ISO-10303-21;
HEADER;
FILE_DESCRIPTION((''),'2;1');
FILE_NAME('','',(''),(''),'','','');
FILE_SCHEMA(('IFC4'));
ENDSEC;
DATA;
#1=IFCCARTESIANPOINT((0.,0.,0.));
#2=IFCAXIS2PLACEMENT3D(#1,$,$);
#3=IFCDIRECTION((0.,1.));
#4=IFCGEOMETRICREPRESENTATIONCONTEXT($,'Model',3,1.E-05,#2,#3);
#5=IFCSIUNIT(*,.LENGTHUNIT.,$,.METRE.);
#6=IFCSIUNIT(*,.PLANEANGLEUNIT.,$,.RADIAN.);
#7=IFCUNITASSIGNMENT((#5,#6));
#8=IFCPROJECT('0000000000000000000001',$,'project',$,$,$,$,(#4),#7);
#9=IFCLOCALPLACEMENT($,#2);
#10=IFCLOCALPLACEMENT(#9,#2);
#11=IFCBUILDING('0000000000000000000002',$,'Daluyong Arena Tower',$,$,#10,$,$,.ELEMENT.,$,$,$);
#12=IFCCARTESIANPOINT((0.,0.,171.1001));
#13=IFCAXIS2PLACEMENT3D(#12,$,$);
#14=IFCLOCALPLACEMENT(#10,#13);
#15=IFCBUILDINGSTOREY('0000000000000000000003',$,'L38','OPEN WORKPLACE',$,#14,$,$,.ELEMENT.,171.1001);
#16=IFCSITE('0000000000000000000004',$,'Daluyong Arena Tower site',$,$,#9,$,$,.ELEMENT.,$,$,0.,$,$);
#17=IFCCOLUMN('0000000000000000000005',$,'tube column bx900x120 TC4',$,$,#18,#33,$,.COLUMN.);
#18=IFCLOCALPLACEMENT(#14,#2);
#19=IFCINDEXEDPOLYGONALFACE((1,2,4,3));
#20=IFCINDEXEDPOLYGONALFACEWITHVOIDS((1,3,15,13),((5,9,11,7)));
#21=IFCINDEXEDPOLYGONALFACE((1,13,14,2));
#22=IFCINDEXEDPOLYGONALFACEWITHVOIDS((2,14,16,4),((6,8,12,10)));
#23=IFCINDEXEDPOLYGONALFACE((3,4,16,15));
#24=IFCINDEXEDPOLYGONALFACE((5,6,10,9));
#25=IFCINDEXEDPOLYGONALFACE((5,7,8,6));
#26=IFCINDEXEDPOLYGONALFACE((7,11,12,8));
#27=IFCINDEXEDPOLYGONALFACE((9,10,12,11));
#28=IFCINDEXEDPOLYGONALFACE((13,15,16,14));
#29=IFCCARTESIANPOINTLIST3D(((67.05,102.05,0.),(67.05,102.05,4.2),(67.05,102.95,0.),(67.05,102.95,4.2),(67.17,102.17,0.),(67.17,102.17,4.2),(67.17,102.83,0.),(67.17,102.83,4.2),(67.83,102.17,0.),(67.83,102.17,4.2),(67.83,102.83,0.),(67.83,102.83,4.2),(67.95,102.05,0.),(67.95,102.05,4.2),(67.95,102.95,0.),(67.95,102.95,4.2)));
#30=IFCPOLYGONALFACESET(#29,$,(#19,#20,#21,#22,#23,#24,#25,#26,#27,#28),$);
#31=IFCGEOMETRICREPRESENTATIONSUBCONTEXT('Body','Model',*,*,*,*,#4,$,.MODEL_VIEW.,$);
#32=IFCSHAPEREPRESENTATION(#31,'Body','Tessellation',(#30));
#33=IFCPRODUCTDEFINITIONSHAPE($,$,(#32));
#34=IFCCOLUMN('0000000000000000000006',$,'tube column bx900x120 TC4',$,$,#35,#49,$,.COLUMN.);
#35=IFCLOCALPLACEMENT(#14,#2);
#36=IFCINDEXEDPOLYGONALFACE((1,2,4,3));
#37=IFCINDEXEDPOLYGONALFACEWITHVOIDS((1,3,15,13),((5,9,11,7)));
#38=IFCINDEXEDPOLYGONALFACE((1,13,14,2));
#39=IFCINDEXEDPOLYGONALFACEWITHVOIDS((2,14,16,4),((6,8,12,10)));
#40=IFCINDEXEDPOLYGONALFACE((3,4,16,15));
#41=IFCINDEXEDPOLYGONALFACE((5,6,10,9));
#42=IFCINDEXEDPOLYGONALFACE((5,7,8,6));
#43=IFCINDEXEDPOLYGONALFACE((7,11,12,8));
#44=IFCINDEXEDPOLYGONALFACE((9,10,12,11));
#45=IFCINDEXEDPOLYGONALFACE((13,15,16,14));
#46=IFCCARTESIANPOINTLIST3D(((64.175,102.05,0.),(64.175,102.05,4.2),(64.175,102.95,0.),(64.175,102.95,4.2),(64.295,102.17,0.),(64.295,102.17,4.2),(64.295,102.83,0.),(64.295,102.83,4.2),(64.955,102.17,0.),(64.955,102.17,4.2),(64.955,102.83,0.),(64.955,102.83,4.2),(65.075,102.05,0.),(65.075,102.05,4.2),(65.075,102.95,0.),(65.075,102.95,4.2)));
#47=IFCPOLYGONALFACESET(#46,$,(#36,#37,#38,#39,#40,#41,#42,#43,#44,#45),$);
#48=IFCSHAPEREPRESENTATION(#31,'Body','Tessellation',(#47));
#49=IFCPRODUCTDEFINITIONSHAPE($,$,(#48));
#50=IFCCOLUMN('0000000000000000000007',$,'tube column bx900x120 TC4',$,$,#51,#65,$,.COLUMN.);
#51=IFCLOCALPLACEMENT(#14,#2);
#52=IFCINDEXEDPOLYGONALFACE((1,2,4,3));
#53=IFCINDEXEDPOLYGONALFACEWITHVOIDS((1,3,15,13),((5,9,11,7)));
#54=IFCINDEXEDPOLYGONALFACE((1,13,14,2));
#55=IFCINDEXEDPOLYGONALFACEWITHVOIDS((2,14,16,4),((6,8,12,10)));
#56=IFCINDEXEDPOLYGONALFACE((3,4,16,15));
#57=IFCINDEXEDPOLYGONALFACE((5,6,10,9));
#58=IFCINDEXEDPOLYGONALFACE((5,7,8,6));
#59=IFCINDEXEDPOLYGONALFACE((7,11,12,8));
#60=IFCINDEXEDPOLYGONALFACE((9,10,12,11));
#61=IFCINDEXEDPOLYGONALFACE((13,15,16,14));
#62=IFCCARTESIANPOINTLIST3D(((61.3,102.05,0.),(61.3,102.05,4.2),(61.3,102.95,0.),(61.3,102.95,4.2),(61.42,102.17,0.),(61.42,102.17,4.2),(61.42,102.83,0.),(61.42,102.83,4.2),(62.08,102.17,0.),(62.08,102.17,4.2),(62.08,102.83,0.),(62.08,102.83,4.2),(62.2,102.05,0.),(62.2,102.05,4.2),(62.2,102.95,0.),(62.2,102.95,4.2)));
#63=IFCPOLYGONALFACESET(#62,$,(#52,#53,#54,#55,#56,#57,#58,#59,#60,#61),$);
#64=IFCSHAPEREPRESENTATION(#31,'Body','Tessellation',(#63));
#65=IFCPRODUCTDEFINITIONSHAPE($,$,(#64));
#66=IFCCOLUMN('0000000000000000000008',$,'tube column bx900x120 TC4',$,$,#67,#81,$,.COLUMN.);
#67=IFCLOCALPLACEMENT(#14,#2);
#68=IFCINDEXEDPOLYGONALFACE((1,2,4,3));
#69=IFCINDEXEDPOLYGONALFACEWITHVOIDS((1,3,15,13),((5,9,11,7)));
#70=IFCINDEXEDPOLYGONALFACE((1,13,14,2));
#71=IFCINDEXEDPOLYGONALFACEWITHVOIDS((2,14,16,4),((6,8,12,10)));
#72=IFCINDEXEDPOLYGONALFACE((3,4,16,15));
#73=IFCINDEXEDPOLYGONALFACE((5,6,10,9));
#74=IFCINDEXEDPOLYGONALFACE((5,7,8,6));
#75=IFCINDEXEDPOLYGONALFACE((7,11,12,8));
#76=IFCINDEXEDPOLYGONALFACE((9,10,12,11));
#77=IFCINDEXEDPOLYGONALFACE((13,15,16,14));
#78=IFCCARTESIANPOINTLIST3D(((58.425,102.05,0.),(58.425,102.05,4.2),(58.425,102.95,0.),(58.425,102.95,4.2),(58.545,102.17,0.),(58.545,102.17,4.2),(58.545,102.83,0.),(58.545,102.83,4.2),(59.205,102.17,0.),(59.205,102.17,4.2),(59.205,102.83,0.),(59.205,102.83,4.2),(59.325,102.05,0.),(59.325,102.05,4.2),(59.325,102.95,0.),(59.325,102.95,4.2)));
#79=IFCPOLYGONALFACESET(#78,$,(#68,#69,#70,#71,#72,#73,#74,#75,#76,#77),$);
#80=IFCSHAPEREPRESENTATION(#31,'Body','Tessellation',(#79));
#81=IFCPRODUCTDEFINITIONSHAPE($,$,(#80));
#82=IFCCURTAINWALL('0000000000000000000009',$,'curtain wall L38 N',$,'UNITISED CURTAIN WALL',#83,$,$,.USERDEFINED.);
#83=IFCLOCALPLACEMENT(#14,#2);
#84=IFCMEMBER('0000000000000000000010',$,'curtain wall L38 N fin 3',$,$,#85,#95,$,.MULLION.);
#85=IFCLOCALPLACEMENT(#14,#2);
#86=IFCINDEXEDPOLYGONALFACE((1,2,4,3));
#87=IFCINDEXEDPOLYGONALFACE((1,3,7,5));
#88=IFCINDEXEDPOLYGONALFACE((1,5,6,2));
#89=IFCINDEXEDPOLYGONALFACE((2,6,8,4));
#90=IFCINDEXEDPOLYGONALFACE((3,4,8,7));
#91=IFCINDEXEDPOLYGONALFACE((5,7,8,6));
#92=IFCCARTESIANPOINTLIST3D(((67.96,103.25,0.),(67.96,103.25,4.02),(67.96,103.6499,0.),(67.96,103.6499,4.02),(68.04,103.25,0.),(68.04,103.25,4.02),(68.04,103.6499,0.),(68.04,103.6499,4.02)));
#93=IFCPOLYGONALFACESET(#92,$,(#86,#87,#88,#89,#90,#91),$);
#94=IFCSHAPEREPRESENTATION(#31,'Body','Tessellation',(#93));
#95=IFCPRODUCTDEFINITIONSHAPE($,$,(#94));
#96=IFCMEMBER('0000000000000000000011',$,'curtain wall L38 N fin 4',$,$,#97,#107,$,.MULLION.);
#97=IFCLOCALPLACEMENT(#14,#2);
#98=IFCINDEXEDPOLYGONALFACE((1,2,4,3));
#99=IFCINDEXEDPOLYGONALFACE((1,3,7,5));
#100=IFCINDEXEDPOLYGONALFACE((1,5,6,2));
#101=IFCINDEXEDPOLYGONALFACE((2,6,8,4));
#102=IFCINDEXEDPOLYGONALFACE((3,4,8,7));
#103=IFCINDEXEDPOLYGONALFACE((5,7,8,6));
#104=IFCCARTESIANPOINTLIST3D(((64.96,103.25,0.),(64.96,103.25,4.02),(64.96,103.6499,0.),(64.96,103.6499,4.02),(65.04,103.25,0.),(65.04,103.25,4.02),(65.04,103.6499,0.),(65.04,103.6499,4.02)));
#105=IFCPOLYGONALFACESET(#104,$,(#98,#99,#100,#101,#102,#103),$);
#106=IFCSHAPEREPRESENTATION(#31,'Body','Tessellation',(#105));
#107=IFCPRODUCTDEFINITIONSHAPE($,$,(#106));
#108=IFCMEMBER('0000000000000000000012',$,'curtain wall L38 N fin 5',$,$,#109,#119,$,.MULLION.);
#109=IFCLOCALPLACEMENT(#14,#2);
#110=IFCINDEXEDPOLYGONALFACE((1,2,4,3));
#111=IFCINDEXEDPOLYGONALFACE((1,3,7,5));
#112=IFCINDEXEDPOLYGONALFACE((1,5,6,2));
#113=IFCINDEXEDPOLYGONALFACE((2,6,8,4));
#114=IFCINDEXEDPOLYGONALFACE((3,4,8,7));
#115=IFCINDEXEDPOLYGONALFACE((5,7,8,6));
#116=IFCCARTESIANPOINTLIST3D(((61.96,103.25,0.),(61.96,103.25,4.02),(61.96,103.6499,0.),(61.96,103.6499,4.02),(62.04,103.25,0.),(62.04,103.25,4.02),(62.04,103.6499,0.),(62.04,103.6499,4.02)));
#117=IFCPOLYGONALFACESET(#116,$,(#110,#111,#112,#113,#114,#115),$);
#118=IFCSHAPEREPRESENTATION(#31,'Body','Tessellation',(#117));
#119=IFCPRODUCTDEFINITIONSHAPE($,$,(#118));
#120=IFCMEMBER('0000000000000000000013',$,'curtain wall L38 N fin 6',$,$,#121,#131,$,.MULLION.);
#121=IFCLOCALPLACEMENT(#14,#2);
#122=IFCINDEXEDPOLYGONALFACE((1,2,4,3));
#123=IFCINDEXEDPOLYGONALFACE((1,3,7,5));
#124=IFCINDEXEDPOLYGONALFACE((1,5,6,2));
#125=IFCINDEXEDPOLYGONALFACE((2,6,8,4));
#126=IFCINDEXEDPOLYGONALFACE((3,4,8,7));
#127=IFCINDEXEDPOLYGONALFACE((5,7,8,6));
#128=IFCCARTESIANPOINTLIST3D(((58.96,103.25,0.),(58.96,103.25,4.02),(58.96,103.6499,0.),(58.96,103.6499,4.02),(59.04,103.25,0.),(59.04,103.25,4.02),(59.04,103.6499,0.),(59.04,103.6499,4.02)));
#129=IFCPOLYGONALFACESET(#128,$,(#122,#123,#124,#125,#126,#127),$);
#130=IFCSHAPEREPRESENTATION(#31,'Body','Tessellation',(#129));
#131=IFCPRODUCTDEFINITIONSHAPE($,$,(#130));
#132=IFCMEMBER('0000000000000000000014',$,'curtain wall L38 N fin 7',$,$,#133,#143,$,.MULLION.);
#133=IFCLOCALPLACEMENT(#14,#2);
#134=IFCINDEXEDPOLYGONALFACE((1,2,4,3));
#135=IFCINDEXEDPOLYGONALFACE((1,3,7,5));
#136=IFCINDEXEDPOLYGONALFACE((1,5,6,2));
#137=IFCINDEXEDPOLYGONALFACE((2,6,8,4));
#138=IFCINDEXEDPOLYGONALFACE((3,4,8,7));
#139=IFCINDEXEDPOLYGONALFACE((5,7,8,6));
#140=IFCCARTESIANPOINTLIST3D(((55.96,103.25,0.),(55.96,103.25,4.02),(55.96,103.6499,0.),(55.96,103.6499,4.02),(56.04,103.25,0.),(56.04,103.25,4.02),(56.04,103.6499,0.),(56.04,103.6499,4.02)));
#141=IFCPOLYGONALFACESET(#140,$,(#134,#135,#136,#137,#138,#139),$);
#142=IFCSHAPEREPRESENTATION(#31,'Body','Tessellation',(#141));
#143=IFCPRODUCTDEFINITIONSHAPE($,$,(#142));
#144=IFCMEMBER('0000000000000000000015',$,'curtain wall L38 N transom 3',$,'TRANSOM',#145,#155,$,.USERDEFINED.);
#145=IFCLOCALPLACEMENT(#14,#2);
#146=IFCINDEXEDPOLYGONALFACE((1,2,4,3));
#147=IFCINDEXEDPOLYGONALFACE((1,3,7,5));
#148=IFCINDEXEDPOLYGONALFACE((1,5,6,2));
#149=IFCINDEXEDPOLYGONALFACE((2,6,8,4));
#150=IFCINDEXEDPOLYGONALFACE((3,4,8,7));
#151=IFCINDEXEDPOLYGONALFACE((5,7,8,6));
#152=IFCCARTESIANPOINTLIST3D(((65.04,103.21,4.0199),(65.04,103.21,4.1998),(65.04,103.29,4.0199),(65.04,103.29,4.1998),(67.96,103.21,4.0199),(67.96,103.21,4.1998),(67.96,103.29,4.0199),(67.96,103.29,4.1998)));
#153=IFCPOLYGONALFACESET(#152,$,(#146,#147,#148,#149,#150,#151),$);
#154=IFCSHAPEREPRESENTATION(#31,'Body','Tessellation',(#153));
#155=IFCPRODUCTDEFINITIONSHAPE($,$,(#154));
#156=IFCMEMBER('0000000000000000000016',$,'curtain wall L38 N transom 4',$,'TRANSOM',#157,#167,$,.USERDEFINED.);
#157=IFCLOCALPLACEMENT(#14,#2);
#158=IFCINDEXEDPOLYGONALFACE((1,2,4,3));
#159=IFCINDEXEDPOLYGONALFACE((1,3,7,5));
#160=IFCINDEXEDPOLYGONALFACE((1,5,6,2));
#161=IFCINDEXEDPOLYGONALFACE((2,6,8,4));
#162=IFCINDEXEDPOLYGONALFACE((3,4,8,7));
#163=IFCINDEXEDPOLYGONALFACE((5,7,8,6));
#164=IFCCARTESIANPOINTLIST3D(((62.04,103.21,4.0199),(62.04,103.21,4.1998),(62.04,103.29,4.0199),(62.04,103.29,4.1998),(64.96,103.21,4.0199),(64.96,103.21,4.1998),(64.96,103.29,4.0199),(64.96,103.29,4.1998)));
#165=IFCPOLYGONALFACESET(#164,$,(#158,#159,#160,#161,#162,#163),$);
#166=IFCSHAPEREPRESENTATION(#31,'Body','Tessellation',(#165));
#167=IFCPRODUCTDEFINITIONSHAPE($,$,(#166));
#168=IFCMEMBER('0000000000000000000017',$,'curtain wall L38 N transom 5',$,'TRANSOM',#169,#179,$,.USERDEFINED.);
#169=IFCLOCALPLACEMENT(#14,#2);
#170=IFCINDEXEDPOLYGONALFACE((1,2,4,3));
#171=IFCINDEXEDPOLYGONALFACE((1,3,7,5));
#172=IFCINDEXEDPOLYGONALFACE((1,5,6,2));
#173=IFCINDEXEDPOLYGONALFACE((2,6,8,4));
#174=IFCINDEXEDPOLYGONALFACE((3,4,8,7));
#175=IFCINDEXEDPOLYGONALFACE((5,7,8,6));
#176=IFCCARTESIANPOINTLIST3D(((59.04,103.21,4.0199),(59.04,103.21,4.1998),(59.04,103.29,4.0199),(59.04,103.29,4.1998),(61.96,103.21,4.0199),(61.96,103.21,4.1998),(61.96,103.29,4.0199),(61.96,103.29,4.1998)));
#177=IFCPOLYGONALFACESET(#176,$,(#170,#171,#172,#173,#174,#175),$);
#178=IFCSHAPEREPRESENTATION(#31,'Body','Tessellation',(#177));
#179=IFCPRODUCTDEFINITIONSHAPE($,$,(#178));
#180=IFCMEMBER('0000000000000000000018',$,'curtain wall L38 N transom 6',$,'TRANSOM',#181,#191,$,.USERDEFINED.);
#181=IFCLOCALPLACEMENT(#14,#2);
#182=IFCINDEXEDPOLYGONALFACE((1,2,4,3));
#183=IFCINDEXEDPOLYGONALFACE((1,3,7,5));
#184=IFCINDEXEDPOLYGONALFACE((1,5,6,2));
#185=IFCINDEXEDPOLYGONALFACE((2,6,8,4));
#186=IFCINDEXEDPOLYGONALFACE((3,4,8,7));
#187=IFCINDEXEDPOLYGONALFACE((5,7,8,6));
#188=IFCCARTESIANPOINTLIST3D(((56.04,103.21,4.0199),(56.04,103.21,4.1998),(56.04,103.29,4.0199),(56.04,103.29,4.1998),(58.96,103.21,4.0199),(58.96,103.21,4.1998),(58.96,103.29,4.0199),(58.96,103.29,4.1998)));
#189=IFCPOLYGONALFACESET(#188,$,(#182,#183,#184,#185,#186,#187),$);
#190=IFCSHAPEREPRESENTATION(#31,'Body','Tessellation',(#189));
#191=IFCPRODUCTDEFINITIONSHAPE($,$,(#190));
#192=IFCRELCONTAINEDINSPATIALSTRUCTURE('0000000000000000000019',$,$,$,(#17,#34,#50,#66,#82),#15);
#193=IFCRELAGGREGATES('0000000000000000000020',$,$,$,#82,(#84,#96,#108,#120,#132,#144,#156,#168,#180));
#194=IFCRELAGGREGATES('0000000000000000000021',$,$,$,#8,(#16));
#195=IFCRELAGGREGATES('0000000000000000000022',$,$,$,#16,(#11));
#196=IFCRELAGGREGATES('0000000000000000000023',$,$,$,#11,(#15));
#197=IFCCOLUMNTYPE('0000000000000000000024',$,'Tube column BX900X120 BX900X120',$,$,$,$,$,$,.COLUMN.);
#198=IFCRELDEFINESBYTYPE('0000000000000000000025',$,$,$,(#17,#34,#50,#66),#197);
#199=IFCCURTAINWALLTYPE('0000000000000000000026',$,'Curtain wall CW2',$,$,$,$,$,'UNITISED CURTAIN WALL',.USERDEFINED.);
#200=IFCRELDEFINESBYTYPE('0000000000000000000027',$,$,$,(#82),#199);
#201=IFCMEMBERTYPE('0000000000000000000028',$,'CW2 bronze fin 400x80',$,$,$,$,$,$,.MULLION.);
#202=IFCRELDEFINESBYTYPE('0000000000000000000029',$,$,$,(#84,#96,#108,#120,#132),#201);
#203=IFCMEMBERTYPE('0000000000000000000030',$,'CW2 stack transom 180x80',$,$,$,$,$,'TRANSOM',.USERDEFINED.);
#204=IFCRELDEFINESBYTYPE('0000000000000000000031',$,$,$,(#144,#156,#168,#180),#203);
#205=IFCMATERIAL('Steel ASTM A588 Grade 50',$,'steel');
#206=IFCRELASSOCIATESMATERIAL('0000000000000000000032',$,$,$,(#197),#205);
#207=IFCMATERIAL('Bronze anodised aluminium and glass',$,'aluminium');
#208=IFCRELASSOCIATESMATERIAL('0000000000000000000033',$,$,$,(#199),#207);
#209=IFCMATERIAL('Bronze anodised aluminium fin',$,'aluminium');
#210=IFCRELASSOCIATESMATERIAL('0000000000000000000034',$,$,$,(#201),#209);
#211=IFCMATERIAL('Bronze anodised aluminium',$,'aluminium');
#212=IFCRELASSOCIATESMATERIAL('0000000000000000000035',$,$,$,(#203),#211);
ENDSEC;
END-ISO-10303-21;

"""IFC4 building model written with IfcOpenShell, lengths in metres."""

from ifc_helpers import new_model, si_unit, direction, frame, origin, origin_2d, place, context, subcontext, project, spatial, rectangle, hollow_rectangle, extrude, material, material_profile, profile_set, type_object, element, aggregate, save


model = new_model("IFC4")

# Units and contexts
model_context = context("Model", 3, precision=1e-05, world=origin(), true_north=direction((0.0, 1.0)))
body_context = subcontext(model_context, "Body", "Model", "MODEL_VIEW")
ifc_project = project(units=[si_unit("LENGTHUNIT", "METRE"), si_unit("PLANEANGLEUNIT", "RADIAN")], contexts=[model_context])

# Site, building, storey
site_placement = place(None, origin())
site = spatial("IfcSite", under=ifc_project, at=site_placement, Name="Daluyong Arena Tower site", CompositionType="ELEMENT", RefElevation=0.0)
building_placement = place(site_placement, origin())
building = spatial("IfcBuilding", under=site, at=building_placement, Name="Daluyong Arena Tower", CompositionType="ELEMENT")
storey_placement = place(building_placement, frame((0.0, 0.0, 171.1001)))
storey = spatial("IfcBuildingStorey", under=building, at=storey_placement, Name="L38", Description="OPEN WORKPLACE", CompositionType="ELEMENT", Elevation=171.1001)

# Columns
ifc_material_1 = material(Name="Steel ASTM A588 Grade 50", Category="steel")
ifc_material_profile_1 = material_profile(ifc_material_1, hollow_rectangle(XDim=0.8999, YDim=0.8999, WallThickness=0.12, at=origin_2d()))
ifc_profile_set_1 = profile_set([ifc_material_profile_1], Name="Steel ASTM A588 Grade 50")
column_type = type_object("IfcColumnType", Name="Tube column BX900X120 BX900X120", PredefinedType="COLUMN", material=ifc_profile_set_1)
for number, where, z_axis, x_axis, name in (
    (1, (67.5, 102.5, 0.0), (0.0, 0.0, 1.0), (1.0, 0.0, 0.0), "tube column bx900x120 TC4"),
    (2, (64.625, 102.5, 0.0), (0.0, 0.0, 1.0), (1.0, 0.0, 0.0), "tube column bx900x120 TC4"),
    (3, (61.75, 102.5, 0.0), (0.0, 0.0, 1.0), (1.0, 0.0, 0.0), "tube column bx900x120 TC4"),
    (4, (58.875, 102.5, 0.0), (0.0, 0.0, 1.0), (1.0, 0.0, 0.0), "tube column bx900x120 TC4"),
):
    element("IfcColumn", number, at=place(storey_placement, frame(where, z_axis=z_axis, x_axis=x_axis)), inside=storey, type_object=column_type, Name=name, PredefinedType="COLUMN", context=body_context, shape_type="SweptSolid", body=[
        extrude(hollow_rectangle(XDim=0.8999, YDim=0.8999, WallThickness=0.12, at=origin_2d()), origin(), (0.0, 0.0, 1.0), 4.2),
    ])

# Curtain wall, members
ifc_material_2 = material(Name="Bronze anodised aluminium and glass", Category="aluminium")
curtain_wall_type = type_object("IfcCurtainWallType", Name="Curtain wall CW2", ElementType="UNITISED CURTAIN WALL", PredefinedType="USERDEFINED", material=ifc_material_2)
curtain_wall_placement = place(storey_placement, origin())
curtain_wall = element("IfcCurtainWall", 5, at=curtain_wall_placement, inside=storey, type_object=curtain_wall_type, Name="curtain wall L38 N", ObjectType="UNITISED CURTAIN WALL", PredefinedType="USERDEFINED")
ifc_material_3 = material(Name="Bronze anodised aluminium fin", Category="aluminium")
ifc_material_profile_2 = material_profile(ifc_material_3, rectangle(XDim=0.3999, YDim=0.0801, at=origin_2d()))
ifc_profile_set_2 = profile_set([ifc_material_profile_2], Name="Bronze anodised aluminium fin")
member_type_1 = type_object("IfcMemberType", Name="CW2 bronze fin 400x80", PredefinedType="MULLION", material=ifc_profile_set_2)
member_1_placement = place(storey_placement, frame((68.0, 103.45, 0.0), z_axis=(0.0, 0.0, 1.0), x_axis=(0.0, -1.0, 0.0)))
member_1 = element("IfcMember", 6, at=member_1_placement, type_object=member_type_1, Name="curtain wall L38 N fin 3", PredefinedType="MULLION", context=body_context, shape_type="SweptSolid", body=[
    extrude(rectangle(XDim=0.3999, YDim=0.0801, at=origin_2d()), origin(), (0.0, 0.0, 1.0), 4.02),
])
member_2_placement = place(storey_placement, frame((65.0, 103.45, 0.0), z_axis=(0.0, 0.0, 1.0), x_axis=(0.0, -1.0, 0.0)))
member_2 = element("IfcMember", 7, at=member_2_placement, type_object=member_type_1, Name="curtain wall L38 N fin 4", PredefinedType="MULLION", context=body_context, shape_type="SweptSolid", body=[
    extrude(rectangle(XDim=0.3999, YDim=0.0801, at=origin_2d()), origin(), (0.0, 0.0, 1.0), 4.02),
])
member_3_placement = place(storey_placement, frame((62.0, 103.45, 0.0), z_axis=(0.0, 0.0, 1.0), x_axis=(0.0, -1.0, 0.0)))
member_3 = element("IfcMember", 8, at=member_3_placement, type_object=member_type_1, Name="curtain wall L38 N fin 5", PredefinedType="MULLION", context=body_context, shape_type="SweptSolid", body=[
    extrude(rectangle(XDim=0.3999, YDim=0.0801, at=origin_2d()), origin(), (0.0, 0.0, 1.0), 4.02),
])
member_4_placement = place(storey_placement, frame((59.0, 103.45, 0.0), z_axis=(0.0, 0.0, 1.0), x_axis=(0.0, -1.0, 0.0)))
member_4 = element("IfcMember", 9, at=member_4_placement, type_object=member_type_1, Name="curtain wall L38 N fin 6", PredefinedType="MULLION", context=body_context, shape_type="SweptSolid", body=[
    extrude(rectangle(XDim=0.3999, YDim=0.0801, at=origin_2d()), origin(), (0.0, 0.0, 1.0), 4.02),
])
member_5_placement = place(storey_placement, frame((56.0, 103.45, 0.0), z_axis=(0.0, 0.0, 1.0), x_axis=(0.0, -1.0, 0.0)))
member_5 = element("IfcMember", 10, at=member_5_placement, type_object=member_type_1, Name="curtain wall L38 N fin 7", PredefinedType="MULLION", context=body_context, shape_type="SweptSolid", body=[
    extrude(rectangle(XDim=0.3999, YDim=0.0801, at=origin_2d()), origin(), (0.0, 0.0, 1.0), 4.02),
])
ifc_material_4 = material(Name="Bronze anodised aluminium", Category="aluminium")
ifc_material_profile_3 = material_profile(ifc_material_4, rectangle(XDim=0.0801, YDim=0.1799, at=origin_2d()))
ifc_profile_set_3 = profile_set([ifc_material_profile_3], Name="Bronze anodised aluminium")
member_type_2 = type_object("IfcMemberType", Name="CW2 stack transom 180x80", ElementType="TRANSOM", PredefinedType="USERDEFINED", material=ifc_profile_set_3)
member_6_placement = place(storey_placement, frame((67.96, 103.25, 4.1099), z_axis=(-1.0, 0.0, 0.0), x_axis=(0.0, -1.0, 0.0)))
member_6 = element("IfcMember", 11, at=member_6_placement, type_object=member_type_2, Name="curtain wall L38 N transom 3", ObjectType="TRANSOM", PredefinedType="USERDEFINED", context=body_context, shape_type="SweptSolid", body=[
    extrude(rectangle(XDim=0.0801, YDim=0.1799, at=origin_2d()), origin(), (0.0, 0.0, 1.0), 2.9199),
])
member_7_placement = place(storey_placement, frame((64.96, 103.25, 4.1099), z_axis=(-1.0, 0.0, 0.0), x_axis=(0.0, -1.0, 0.0)))
member_7 = element("IfcMember", 12, at=member_7_placement, type_object=member_type_2, Name="curtain wall L38 N transom 4", ObjectType="TRANSOM", PredefinedType="USERDEFINED", context=body_context, shape_type="SweptSolid", body=[
    extrude(rectangle(XDim=0.0801, YDim=0.1799, at=origin_2d()), origin(), (0.0, 0.0, 1.0), 2.9199),
])
member_8_placement = place(storey_placement, frame((61.96, 103.25, 4.1099), z_axis=(-1.0, 0.0, 0.0), x_axis=(0.0, -1.0, 0.0)))
member_8 = element("IfcMember", 13, at=member_8_placement, type_object=member_type_2, Name="curtain wall L38 N transom 5", ObjectType="TRANSOM", PredefinedType="USERDEFINED", context=body_context, shape_type="SweptSolid", body=[
    extrude(rectangle(XDim=0.0801, YDim=0.1799, at=origin_2d()), origin(), (0.0, 0.0, 1.0), 2.9199),
])
member_9_placement = place(storey_placement, frame((58.96, 103.25, 4.1099), z_axis=(-1.0, 0.0, 0.0), x_axis=(0.0, -1.0, 0.0)))
member_9 = element("IfcMember", 14, at=member_9_placement, type_object=member_type_2, Name="curtain wall L38 N transom 6", ObjectType="TRANSOM", PredefinedType="USERDEFINED", context=body_context, shape_type="SweptSolid", body=[
    extrude(rectangle(XDim=0.0801, YDim=0.1799, at=origin_2d()), origin(), (0.0, 0.0, 1.0), 2.9199),
])

aggregate(curtain_wall, [member_1, member_2, member_3, member_4, member_5, member_6, member_7, member_8, member_9])

save(model, "model.ifc")
